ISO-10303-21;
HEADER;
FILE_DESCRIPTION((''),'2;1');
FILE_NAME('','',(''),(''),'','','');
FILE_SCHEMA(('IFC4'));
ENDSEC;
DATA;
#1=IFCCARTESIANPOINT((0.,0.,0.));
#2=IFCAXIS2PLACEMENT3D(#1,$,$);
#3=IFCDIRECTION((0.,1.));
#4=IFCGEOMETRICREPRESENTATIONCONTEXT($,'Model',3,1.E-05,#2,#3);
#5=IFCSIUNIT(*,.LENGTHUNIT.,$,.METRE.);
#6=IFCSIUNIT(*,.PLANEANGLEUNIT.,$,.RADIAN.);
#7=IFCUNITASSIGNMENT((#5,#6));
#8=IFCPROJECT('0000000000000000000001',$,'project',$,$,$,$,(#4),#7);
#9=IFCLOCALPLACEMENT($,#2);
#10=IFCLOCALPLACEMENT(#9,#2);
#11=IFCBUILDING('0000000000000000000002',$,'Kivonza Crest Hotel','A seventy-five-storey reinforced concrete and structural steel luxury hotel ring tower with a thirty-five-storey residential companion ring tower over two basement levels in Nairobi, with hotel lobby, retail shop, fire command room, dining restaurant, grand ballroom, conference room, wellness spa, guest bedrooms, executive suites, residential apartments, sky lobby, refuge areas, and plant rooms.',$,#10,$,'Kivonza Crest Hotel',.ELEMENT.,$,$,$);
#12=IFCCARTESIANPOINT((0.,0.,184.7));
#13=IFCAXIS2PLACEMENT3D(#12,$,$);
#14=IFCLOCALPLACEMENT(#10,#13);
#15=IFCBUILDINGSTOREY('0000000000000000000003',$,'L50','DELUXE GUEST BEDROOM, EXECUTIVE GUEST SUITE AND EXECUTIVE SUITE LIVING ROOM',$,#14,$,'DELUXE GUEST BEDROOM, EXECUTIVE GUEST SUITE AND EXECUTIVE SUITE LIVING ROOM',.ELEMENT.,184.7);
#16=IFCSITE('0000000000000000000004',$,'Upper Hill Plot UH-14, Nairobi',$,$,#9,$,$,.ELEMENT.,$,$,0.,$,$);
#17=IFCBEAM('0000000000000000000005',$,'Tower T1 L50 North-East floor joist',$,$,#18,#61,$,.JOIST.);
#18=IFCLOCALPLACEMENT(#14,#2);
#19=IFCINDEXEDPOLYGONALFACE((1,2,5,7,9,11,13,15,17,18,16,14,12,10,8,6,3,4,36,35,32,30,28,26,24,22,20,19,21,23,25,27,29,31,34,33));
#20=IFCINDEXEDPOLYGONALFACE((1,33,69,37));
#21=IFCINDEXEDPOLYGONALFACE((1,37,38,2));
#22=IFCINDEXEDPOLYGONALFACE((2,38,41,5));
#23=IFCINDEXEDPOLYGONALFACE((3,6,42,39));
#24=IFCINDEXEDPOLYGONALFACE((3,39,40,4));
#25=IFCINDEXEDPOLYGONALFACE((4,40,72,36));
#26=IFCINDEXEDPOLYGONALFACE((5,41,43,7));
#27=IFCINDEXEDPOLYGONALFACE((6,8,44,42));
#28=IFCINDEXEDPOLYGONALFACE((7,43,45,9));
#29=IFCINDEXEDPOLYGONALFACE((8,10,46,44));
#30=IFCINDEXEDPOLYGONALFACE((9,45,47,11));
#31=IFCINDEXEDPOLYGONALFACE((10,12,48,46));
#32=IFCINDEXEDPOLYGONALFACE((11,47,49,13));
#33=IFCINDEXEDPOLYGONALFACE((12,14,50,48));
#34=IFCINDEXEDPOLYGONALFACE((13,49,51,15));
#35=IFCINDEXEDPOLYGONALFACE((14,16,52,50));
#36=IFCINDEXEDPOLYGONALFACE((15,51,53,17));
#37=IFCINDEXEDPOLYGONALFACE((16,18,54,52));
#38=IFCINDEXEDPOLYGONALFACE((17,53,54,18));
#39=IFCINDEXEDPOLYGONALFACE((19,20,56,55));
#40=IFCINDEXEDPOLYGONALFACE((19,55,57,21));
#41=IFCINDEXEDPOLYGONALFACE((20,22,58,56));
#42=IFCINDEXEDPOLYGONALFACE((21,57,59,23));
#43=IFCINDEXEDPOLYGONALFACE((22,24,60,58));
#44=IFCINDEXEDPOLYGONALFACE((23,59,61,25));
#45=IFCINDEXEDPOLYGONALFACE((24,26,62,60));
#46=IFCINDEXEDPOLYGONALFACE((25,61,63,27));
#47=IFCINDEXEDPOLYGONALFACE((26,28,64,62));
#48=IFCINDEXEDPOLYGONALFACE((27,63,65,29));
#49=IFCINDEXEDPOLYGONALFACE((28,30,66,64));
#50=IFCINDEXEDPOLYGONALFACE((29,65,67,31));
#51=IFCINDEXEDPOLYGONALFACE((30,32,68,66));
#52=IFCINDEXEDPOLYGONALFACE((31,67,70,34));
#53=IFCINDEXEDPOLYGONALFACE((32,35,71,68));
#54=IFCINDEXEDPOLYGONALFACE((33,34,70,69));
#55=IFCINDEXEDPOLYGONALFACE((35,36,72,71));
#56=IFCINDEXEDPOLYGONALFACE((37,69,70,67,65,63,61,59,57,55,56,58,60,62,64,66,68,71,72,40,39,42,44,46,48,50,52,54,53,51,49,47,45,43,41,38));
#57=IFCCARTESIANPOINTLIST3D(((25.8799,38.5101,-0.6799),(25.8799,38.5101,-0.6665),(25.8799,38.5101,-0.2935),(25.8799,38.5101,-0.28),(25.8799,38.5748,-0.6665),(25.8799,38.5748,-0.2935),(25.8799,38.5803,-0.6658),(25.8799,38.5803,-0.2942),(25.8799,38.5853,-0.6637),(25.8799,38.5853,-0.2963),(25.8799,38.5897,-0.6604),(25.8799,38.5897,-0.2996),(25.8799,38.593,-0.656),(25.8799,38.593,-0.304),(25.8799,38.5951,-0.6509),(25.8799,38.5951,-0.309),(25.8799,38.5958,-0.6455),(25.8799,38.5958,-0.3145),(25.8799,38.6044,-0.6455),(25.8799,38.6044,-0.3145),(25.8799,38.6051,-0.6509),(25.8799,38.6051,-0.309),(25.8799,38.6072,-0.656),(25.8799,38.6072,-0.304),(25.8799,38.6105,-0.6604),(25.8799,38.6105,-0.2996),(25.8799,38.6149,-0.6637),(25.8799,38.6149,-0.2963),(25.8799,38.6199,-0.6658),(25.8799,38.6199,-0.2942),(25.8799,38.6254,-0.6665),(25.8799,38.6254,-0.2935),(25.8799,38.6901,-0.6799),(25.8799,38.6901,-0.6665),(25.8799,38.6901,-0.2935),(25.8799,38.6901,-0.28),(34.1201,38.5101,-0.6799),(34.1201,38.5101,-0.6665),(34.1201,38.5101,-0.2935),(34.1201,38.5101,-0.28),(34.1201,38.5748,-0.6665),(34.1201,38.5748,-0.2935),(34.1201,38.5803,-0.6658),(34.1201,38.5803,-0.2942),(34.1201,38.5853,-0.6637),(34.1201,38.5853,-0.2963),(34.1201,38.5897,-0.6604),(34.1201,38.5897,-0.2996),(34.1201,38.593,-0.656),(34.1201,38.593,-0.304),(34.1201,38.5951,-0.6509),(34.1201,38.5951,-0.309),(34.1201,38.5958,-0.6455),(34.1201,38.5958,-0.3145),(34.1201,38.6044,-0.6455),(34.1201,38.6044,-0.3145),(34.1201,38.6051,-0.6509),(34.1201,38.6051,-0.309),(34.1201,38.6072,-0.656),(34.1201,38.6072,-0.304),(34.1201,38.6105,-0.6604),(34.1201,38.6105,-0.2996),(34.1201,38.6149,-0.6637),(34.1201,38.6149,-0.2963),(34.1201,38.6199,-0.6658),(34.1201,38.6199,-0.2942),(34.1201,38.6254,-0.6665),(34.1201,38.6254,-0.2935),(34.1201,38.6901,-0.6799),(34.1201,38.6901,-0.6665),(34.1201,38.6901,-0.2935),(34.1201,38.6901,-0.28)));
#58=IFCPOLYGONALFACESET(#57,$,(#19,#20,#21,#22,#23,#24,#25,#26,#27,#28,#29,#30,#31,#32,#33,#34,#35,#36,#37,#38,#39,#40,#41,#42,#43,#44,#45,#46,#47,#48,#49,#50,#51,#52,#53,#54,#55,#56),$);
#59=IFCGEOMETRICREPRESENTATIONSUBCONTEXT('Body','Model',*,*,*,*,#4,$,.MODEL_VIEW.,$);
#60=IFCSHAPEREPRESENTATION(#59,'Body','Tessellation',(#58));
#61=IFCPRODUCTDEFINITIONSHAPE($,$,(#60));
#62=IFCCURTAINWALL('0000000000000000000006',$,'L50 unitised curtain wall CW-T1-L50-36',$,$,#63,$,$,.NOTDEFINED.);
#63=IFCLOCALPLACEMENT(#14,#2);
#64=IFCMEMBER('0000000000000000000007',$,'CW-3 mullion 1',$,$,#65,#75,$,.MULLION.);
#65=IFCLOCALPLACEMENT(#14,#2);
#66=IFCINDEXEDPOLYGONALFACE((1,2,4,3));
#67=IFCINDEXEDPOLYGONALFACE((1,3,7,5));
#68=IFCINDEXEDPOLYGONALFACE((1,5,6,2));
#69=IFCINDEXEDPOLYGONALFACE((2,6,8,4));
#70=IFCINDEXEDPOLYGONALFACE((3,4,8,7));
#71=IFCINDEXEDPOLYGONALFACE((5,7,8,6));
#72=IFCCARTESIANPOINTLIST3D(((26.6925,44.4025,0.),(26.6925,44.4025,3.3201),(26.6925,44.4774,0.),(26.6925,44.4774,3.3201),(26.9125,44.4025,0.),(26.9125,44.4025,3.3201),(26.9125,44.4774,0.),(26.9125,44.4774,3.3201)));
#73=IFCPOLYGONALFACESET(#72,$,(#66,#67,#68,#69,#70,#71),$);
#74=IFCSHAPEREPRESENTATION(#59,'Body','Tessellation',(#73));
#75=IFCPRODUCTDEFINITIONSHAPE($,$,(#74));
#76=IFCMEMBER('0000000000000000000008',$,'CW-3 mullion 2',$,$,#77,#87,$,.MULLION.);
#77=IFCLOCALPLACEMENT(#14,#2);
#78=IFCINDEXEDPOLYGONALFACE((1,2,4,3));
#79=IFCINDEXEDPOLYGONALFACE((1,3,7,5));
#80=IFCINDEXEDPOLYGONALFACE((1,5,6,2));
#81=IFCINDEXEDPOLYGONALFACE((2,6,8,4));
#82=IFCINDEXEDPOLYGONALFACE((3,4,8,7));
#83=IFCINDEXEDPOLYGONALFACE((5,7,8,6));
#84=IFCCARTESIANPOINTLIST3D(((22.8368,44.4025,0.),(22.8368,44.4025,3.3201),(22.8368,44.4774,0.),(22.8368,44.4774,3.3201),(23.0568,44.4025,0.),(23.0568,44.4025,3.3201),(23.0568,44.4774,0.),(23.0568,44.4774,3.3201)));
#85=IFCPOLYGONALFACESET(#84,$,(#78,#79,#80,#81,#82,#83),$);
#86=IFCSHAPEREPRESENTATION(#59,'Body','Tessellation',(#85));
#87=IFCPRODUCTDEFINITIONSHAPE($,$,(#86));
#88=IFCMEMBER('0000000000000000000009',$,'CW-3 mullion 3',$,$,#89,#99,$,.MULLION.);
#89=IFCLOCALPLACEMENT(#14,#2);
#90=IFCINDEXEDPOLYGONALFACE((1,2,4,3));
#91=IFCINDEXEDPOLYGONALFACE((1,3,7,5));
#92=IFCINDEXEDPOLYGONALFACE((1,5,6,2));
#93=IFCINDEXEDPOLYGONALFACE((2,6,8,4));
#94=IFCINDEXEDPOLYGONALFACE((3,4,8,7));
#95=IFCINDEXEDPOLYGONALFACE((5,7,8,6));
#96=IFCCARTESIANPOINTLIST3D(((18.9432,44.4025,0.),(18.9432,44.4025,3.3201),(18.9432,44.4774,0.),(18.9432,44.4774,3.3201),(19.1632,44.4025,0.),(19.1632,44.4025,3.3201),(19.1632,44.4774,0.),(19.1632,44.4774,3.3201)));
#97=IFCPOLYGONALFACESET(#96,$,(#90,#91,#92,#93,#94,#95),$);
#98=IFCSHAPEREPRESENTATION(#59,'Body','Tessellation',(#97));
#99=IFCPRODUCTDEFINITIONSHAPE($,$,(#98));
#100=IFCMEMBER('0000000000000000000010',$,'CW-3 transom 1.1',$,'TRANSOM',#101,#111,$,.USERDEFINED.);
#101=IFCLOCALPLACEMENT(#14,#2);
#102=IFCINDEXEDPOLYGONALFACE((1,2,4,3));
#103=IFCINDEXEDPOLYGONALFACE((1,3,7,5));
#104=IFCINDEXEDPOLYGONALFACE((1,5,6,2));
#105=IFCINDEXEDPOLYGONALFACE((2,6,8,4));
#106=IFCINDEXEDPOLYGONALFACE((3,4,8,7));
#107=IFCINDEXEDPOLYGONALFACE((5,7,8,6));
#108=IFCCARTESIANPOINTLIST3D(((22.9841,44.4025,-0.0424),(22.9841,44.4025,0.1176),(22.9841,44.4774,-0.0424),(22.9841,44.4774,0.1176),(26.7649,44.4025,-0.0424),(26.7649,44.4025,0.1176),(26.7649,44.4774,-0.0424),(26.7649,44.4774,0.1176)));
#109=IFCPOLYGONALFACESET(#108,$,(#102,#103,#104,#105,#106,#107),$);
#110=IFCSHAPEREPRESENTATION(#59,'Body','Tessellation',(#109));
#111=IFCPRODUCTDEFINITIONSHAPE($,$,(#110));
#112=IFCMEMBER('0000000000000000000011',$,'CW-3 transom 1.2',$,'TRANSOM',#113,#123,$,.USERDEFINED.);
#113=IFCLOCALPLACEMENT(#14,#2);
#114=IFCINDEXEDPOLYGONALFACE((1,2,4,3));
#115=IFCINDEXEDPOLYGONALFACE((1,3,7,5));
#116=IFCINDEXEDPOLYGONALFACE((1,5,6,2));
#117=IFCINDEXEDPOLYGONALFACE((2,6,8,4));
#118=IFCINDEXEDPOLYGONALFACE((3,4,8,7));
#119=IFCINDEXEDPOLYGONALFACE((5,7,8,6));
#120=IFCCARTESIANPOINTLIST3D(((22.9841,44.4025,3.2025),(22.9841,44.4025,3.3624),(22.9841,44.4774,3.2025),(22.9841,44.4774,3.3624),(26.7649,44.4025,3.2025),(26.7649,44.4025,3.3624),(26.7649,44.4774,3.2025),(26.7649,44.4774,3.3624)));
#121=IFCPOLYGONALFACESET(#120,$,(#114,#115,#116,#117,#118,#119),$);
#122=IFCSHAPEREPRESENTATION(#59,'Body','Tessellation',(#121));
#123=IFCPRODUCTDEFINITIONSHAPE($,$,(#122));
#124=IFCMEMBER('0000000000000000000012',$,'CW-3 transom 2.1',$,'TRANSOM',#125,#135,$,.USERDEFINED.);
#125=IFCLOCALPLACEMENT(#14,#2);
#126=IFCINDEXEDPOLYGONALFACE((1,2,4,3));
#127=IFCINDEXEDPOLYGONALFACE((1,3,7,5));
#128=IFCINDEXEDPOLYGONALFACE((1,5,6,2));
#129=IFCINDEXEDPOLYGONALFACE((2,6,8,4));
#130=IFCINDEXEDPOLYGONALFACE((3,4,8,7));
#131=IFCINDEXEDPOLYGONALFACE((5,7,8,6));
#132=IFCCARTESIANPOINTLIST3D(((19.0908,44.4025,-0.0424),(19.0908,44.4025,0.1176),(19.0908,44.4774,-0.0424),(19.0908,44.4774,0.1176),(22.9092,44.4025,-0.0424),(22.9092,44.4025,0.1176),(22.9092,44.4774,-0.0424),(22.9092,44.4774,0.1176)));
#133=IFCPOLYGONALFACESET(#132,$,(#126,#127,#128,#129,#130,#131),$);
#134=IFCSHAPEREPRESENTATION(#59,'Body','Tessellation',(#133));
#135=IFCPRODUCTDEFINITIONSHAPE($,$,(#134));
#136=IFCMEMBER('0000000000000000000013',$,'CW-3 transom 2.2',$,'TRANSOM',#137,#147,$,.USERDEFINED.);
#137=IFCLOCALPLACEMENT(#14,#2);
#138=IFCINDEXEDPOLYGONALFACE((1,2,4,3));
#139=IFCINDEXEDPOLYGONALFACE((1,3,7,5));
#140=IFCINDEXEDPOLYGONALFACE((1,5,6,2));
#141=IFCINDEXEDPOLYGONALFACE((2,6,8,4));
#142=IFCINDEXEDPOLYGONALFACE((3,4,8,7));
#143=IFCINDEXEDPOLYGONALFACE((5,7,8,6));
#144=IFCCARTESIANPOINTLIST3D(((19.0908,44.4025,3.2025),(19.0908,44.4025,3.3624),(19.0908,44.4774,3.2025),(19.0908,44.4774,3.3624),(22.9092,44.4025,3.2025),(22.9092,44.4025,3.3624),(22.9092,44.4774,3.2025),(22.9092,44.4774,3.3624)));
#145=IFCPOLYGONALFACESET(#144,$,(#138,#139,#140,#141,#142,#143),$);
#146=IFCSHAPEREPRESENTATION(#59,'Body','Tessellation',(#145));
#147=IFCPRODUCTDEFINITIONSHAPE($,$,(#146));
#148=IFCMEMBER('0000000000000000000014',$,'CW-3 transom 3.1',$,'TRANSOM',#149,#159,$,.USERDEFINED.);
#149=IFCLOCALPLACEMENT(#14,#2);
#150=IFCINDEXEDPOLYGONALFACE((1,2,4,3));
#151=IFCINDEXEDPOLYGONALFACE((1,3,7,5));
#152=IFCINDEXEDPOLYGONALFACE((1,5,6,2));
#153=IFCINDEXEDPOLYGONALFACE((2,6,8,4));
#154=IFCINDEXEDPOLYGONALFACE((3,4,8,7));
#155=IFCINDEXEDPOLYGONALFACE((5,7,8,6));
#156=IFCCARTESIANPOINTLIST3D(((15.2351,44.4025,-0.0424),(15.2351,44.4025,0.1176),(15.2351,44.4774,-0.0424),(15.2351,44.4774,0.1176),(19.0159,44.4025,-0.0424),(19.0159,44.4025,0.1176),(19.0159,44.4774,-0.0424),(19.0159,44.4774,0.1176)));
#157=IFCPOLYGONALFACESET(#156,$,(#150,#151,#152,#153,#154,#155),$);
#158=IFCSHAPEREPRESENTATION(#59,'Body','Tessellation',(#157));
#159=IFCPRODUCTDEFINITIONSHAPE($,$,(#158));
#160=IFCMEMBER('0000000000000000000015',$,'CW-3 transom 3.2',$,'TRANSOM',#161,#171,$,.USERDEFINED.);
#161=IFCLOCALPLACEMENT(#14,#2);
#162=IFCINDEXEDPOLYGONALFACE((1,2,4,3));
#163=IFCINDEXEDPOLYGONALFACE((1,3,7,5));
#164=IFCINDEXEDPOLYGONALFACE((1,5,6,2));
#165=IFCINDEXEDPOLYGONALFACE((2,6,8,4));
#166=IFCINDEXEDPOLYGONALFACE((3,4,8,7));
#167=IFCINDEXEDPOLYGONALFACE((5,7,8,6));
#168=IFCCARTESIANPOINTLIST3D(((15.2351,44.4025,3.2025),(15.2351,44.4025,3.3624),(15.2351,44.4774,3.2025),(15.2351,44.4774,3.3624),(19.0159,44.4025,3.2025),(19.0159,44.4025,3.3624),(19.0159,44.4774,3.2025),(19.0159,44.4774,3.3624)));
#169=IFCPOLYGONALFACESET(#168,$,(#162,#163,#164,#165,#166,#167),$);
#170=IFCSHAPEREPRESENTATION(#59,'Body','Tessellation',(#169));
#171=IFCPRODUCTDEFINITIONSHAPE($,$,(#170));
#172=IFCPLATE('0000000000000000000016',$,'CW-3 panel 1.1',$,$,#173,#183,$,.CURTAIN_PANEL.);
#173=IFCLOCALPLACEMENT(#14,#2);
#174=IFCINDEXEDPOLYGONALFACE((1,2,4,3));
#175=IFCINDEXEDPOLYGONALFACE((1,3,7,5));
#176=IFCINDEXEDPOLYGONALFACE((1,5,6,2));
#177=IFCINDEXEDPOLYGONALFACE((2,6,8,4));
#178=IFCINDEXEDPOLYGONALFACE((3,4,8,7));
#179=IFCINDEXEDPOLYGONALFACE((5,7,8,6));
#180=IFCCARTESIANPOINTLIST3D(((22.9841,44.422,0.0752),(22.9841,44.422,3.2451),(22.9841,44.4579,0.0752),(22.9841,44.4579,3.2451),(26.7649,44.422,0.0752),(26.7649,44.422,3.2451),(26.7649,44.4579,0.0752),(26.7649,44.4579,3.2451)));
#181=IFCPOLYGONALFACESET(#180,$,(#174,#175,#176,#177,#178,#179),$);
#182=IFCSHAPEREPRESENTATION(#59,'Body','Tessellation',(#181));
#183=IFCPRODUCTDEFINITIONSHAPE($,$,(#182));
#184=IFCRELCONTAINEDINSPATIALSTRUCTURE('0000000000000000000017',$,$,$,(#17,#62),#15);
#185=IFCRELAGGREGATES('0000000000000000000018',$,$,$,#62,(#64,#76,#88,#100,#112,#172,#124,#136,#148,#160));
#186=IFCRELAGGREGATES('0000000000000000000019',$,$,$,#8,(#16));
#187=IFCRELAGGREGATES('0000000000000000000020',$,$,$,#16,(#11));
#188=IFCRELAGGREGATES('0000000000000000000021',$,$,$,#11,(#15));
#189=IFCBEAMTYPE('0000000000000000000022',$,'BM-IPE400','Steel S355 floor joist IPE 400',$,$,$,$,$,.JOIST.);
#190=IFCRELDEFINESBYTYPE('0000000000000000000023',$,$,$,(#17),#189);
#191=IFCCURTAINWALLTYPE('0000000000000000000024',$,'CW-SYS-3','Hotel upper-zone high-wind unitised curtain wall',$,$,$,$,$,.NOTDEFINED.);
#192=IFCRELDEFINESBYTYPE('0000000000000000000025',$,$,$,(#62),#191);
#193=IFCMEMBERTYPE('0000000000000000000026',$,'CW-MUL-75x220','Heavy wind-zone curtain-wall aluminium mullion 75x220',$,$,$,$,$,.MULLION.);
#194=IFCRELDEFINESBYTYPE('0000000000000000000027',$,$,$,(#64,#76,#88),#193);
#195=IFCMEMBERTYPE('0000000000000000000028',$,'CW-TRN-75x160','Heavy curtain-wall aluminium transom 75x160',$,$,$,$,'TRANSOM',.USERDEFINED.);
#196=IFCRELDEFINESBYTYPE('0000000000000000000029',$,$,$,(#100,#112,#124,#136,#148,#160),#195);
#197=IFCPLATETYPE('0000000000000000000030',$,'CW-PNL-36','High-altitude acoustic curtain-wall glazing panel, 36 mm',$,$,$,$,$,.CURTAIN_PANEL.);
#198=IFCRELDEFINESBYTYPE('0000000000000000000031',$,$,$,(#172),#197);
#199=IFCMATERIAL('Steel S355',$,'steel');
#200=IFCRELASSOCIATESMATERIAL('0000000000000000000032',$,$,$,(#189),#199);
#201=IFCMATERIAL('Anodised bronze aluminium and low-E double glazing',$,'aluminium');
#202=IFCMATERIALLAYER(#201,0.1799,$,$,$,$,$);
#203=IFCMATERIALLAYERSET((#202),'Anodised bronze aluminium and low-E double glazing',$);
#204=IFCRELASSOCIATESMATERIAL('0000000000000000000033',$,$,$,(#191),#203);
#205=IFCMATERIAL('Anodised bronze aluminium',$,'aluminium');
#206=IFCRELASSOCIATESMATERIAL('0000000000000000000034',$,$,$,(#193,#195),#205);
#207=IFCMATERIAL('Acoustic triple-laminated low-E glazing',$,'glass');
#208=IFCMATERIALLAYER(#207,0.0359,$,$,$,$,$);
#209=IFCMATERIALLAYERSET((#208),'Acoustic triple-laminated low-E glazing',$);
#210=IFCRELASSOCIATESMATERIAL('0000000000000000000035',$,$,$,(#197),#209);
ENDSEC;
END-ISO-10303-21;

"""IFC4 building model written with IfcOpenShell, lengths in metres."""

from ifc_helpers import new_model, si_unit, direction, frame, origin, origin_2d, place, context, subcontext, project, spatial, rectangle, i_section, extrude, material, layer, layer_set, material_profile, profile_set, type_object, element, aggregate, save


model = new_model("IFC4")

# Units and contexts
model_context = context("Model", 3, precision=1e-05, world=origin(), true_north=direction((0.0, 1.0)))
body_context = subcontext(model_context, "Body", "Model", "MODEL_VIEW")
ifc_project = project(units=[si_unit("LENGTHUNIT", "METRE"), si_unit("PLANEANGLEUNIT", "RADIAN")], contexts=[model_context])

# Site, building, storey
site_placement = place(None, origin())
site = spatial("IfcSite", under=ifc_project, at=site_placement, Name="Upper Hill Plot UH-14, Nairobi", CompositionType="ELEMENT", RefElevation=0.0)
building_placement = place(site_placement, origin())
building = spatial("IfcBuilding", under=site, at=building_placement, Name="Kivonza Crest Hotel", Description="A seventy-five-storey reinforced concrete and structural steel luxury hotel ring tower with a thirty-five-storey residential companion ring tower over two basement levels in Nairobi, with hotel lobby, retail shop, fire command room, dining restaurant, grand ballroom, conference room, wellness spa, guest bedrooms, executive suites, residential apartments, sky lobby, refuge areas, and plant rooms.", LongName="Kivonza Crest Hotel", CompositionType="ELEMENT")
storey_placement = place(building_placement, frame((0.0, 0.0, 184.7)))
storey = spatial("IfcBuildingStorey", under=building, at=storey_placement, Name="L50", Description="DELUXE GUEST BEDROOM, EXECUTIVE GUEST SUITE AND EXECUTIVE SUITE LIVING ROOM", LongName="DELUXE GUEST BEDROOM, EXECUTIVE GUEST SUITE AND EXECUTIVE SUITE LIVING ROOM", CompositionType="ELEMENT", Elevation=184.7)

# Beam
ifc_material_1 = material(Name="Steel S355", Category="steel")
ifc_material_profile_1 = material_profile(ifc_material_1, i_section(OverallWidth=0.1799, OverallDepth=0.3999, WebThickness=0.0085, FlangeThickness=0.0134, FilletRadius=0.021, at=origin_2d()), Name="IPE 400")
ifc_profile_set_1 = profile_set([ifc_material_profile_1], Name="Steel S355")
beam_type_1 = type_object("IfcBeamType", Name="BM-IPE400", Description="Steel S355 floor joist IPE 400", PredefinedType="JOIST", material=ifc_profile_set_1)
beam_1_placement = place(storey_placement, frame((25.8799, 38.6001, -0.48), z_axis=(1.0, 0.0, 0.0), x_axis=(0.0, 1.0, 0.0)))
element("IfcBeam", 1, at=beam_1_placement, inside=storey, type_object=beam_type_1, Name="Tower T1 L50 North-East floor joist", PredefinedType="JOIST", context=body_context, shape_type="SweptSolid", body=[
    extrude(i_section(OverallWidth=0.1799, OverallDepth=0.3999, WebThickness=0.0085, FlangeThickness=0.0134, FilletRadius=0.021, at=origin_2d()), origin(), (0.0, 0.0, 1.0), 8.2402),
])

# Curtain wall, members, plate
ifc_material_2 = material(Name="Anodised bronze aluminium and low-E double glazing", Category="aluminium")
ifc_layer_1 = layer(ifc_material_2, 0.1799)
ifc_layer_set_1 = layer_set([ifc_layer_1], Name="Anodised bronze aluminium and low-E double glazing")
curtain_wall_type = type_object("IfcCurtainWallType", Name="CW-SYS-3", Description="Hotel upper-zone high-wind unitised curtain wall", PredefinedType="NOTDEFINED", material=ifc_layer_set_1)
curtain_wall_placement = place(storey_placement, origin())
curtain_wall = element("IfcCurtainWall", 2, at=curtain_wall_placement, inside=storey, type_object=curtain_wall_type, Name="L50 unitised curtain wall CW-T1-L50-36", PredefinedType="NOTDEFINED")
ifc_material_3 = material(Name="Anodised bronze aluminium", Category="aluminium")
ifc_material_profile_2 = material_profile(ifc_material_3, rectangle(XDim=0.075, YDim=0.22, at=origin_2d()), Name="CW-M 75x220")
ifc_profile_set_2 = profile_set([ifc_material_profile_2], Name="Anodised bronze aluminium")
member_type_1 = type_object("IfcMemberType", Name="CW-MUL-75x220", Description="Heavy wind-zone curtain-wall aluminium mullion 75x220", PredefinedType="MULLION", material=ifc_profile_set_2)
member_1_placement = place(storey_placement, frame((26.8025, 44.4399, 0.0), z_axis=(0.0, 0.0, 1.0), x_axis=(0.0, -1.0, 0.0)))
member_1 = element("IfcMember", 3, at=member_1_placement, type_object=member_type_1, Name="CW-3 mullion 1", PredefinedType="MULLION", context=body_context, shape_type="SweptSolid", body=[
    extrude(rectangle(XDim=0.075, YDim=0.22, at=origin_2d()), origin(), (0.0, 0.0, 1.0), 3.3201),
])
member_2_placement = place(storey_placement, frame((22.9468, 44.4399, 0.0), z_axis=(0.0, 0.0, 1.0), x_axis=(0.0, -1.0, 0.0)))
member_2 = element("IfcMember", 4, at=member_2_placement, type_object=member_type_1, Name="CW-3 mullion 2", PredefinedType="MULLION", context=body_context, shape_type="SweptSolid", body=[
    extrude(rectangle(XDim=0.075, YDim=0.22, at=origin_2d()), origin(), (0.0, 0.0, 1.0), 3.3201),
])
member_3_placement = place(storey_placement, frame((19.0532, 44.4399, 0.0), z_axis=(0.0, 0.0, 1.0), x_axis=(0.0, -1.0, 0.0)))
member_3 = element("IfcMember", 5, at=member_3_placement, type_object=member_type_1, Name="CW-3 mullion 3", PredefinedType="MULLION", context=body_context, shape_type="SweptSolid", body=[
    extrude(rectangle(XDim=0.075, YDim=0.22, at=origin_2d()), origin(), (0.0, 0.0, 1.0), 3.3201),
])
ifc_material_profile_3 = material_profile(ifc_material_3, rectangle(XDim=0.075, YDim=0.1599, at=origin_2d()), Name="CW-T 75x160")
ifc_profile_set_3 = profile_set([ifc_material_profile_3], Name="Anodised bronze aluminium")
member_type_2 = type_object("IfcMemberType", Name="CW-TRN-75x160", Description="Heavy curtain-wall aluminium transom 75x160", ElementType="TRANSOM", PredefinedType="USERDEFINED", material=ifc_profile_set_3)
member_4_placement = place(storey_placement, frame((26.7649, 44.4399, 0.0376), z_axis=(-1.0, 0.0, 0.0), x_axis=(0.0, -1.0, 0.0)))
member_4 = element("IfcMember", 6, at=member_4_placement, type_object=member_type_2, Name="CW-3 transom 1.1", ObjectType="TRANSOM", PredefinedType="USERDEFINED", context=body_context, shape_type="SweptSolid", body=[
    extrude(rectangle(XDim=0.075, YDim=0.1599, at=origin_2d()), origin(), (0.0, 0.0, 1.0), 3.7808),
])
member_5_placement = place(storey_placement, frame((26.7649, 44.4399, 3.2825), z_axis=(-1.0, 0.0, 0.0), x_axis=(0.0, -1.0, 0.0)))
member_5 = element("IfcMember", 7, at=member_5_placement, type_object=member_type_2, Name="CW-3 transom 1.2", ObjectType="TRANSOM", PredefinedType="USERDEFINED", context=body_context, shape_type="SweptSolid", body=[
    extrude(rectangle(XDim=0.075, YDim=0.1599, at=origin_2d()), origin(), (0.0, 0.0, 1.0), 3.7808),
])
member_6_placement = place(storey_placement, frame((22.9092, 44.4399, 0.0376), z_axis=(-1.0, 0.0, 0.0), x_axis=(0.0, -1.0, 0.0)))
member_6 = element("IfcMember", 8, at=member_6_placement, type_object=member_type_2, Name="CW-3 transom 2.1", ObjectType="TRANSOM", PredefinedType="USERDEFINED", context=body_context, shape_type="SweptSolid", body=[
    extrude(rectangle(XDim=0.075, YDim=0.1599, at=origin_2d()), origin(), (0.0, 0.0, 1.0), 3.8184),
])
member_7_placement = place(storey_placement, frame((22.9092, 44.4399, 3.2825), z_axis=(-1.0, 0.0, 0.0), x_axis=(0.0, -1.0, 0.0)))
member_7 = element("IfcMember", 9, at=member_7_placement, type_object=member_type_2, Name="CW-3 transom 2.2", ObjectType="TRANSOM", PredefinedType="USERDEFINED", context=body_context, shape_type="SweptSolid", body=[
    extrude(rectangle(XDim=0.075, YDim=0.1599, at=origin_2d()), origin(), (0.0, 0.0, 1.0), 3.8184),
])
member_8_placement = place(storey_placement, frame((19.0159, 44.4399, 0.0376), z_axis=(-1.0, 0.0, 0.0), x_axis=(0.0, -1.0, 0.0)))
member_8 = element("IfcMember", 10, at=member_8_placement, type_object=member_type_2, Name="CW-3 transom 3.1", ObjectType="TRANSOM", PredefinedType="USERDEFINED", context=body_context, shape_type="SweptSolid", body=[
    extrude(rectangle(XDim=0.075, YDim=0.1599, at=origin_2d()), origin(), (0.0, 0.0, 1.0), 3.7808),
])
member_9_placement = place(storey_placement, frame((19.0159, 44.4399, 3.2825), z_axis=(-1.0, 0.0, 0.0), x_axis=(0.0, -1.0, 0.0)))
member_9 = element("IfcMember", 11, at=member_9_placement, type_object=member_type_2, Name="CW-3 transom 3.2", ObjectType="TRANSOM", PredefinedType="USERDEFINED", context=body_context, shape_type="SweptSolid", body=[
    extrude(rectangle(XDim=0.075, YDim=0.1599, at=origin_2d()), origin(), (0.0, 0.0, 1.0), 3.7808),
])
ifc_material_4 = material(Name="Acoustic triple-laminated low-E glazing", Category="glass")
ifc_layer_2 = layer(ifc_material_4, 0.0359)
ifc_layer_set_2 = layer_set([ifc_layer_2], Name="Acoustic triple-laminated low-E glazing")
plate_type = type_object("IfcPlateType", Name="CW-PNL-36", Description="High-altitude acoustic curtain-wall glazing panel, 36 mm", PredefinedType="CURTAIN_PANEL", material=ifc_layer_set_2)
plate_1_placement = place(storey_placement, frame((24.8745, 44.4399, 0.0752), z_axis=(0.0, 0.0, 1.0), x_axis=(-1.0, 0.0, 0.0)))
plate_1 = element("IfcPlate", 12, at=plate_1_placement, type_object=plate_type, Name="CW-3 panel 1.1", PredefinedType="CURTAIN_PANEL", context=body_context, shape_type="SweptSolid", body=[
    extrude(rectangle(XDim=3.7808, YDim=0.0359, at=origin_2d()), origin(), (0.0, 0.0, 1.0), 3.1699),
])
aggregate(curtain_wall, [member_1, member_2, member_3, member_4, member_5, plate_1, member_6, member_7, member_8, member_9])

save(model, "model.ifc")
